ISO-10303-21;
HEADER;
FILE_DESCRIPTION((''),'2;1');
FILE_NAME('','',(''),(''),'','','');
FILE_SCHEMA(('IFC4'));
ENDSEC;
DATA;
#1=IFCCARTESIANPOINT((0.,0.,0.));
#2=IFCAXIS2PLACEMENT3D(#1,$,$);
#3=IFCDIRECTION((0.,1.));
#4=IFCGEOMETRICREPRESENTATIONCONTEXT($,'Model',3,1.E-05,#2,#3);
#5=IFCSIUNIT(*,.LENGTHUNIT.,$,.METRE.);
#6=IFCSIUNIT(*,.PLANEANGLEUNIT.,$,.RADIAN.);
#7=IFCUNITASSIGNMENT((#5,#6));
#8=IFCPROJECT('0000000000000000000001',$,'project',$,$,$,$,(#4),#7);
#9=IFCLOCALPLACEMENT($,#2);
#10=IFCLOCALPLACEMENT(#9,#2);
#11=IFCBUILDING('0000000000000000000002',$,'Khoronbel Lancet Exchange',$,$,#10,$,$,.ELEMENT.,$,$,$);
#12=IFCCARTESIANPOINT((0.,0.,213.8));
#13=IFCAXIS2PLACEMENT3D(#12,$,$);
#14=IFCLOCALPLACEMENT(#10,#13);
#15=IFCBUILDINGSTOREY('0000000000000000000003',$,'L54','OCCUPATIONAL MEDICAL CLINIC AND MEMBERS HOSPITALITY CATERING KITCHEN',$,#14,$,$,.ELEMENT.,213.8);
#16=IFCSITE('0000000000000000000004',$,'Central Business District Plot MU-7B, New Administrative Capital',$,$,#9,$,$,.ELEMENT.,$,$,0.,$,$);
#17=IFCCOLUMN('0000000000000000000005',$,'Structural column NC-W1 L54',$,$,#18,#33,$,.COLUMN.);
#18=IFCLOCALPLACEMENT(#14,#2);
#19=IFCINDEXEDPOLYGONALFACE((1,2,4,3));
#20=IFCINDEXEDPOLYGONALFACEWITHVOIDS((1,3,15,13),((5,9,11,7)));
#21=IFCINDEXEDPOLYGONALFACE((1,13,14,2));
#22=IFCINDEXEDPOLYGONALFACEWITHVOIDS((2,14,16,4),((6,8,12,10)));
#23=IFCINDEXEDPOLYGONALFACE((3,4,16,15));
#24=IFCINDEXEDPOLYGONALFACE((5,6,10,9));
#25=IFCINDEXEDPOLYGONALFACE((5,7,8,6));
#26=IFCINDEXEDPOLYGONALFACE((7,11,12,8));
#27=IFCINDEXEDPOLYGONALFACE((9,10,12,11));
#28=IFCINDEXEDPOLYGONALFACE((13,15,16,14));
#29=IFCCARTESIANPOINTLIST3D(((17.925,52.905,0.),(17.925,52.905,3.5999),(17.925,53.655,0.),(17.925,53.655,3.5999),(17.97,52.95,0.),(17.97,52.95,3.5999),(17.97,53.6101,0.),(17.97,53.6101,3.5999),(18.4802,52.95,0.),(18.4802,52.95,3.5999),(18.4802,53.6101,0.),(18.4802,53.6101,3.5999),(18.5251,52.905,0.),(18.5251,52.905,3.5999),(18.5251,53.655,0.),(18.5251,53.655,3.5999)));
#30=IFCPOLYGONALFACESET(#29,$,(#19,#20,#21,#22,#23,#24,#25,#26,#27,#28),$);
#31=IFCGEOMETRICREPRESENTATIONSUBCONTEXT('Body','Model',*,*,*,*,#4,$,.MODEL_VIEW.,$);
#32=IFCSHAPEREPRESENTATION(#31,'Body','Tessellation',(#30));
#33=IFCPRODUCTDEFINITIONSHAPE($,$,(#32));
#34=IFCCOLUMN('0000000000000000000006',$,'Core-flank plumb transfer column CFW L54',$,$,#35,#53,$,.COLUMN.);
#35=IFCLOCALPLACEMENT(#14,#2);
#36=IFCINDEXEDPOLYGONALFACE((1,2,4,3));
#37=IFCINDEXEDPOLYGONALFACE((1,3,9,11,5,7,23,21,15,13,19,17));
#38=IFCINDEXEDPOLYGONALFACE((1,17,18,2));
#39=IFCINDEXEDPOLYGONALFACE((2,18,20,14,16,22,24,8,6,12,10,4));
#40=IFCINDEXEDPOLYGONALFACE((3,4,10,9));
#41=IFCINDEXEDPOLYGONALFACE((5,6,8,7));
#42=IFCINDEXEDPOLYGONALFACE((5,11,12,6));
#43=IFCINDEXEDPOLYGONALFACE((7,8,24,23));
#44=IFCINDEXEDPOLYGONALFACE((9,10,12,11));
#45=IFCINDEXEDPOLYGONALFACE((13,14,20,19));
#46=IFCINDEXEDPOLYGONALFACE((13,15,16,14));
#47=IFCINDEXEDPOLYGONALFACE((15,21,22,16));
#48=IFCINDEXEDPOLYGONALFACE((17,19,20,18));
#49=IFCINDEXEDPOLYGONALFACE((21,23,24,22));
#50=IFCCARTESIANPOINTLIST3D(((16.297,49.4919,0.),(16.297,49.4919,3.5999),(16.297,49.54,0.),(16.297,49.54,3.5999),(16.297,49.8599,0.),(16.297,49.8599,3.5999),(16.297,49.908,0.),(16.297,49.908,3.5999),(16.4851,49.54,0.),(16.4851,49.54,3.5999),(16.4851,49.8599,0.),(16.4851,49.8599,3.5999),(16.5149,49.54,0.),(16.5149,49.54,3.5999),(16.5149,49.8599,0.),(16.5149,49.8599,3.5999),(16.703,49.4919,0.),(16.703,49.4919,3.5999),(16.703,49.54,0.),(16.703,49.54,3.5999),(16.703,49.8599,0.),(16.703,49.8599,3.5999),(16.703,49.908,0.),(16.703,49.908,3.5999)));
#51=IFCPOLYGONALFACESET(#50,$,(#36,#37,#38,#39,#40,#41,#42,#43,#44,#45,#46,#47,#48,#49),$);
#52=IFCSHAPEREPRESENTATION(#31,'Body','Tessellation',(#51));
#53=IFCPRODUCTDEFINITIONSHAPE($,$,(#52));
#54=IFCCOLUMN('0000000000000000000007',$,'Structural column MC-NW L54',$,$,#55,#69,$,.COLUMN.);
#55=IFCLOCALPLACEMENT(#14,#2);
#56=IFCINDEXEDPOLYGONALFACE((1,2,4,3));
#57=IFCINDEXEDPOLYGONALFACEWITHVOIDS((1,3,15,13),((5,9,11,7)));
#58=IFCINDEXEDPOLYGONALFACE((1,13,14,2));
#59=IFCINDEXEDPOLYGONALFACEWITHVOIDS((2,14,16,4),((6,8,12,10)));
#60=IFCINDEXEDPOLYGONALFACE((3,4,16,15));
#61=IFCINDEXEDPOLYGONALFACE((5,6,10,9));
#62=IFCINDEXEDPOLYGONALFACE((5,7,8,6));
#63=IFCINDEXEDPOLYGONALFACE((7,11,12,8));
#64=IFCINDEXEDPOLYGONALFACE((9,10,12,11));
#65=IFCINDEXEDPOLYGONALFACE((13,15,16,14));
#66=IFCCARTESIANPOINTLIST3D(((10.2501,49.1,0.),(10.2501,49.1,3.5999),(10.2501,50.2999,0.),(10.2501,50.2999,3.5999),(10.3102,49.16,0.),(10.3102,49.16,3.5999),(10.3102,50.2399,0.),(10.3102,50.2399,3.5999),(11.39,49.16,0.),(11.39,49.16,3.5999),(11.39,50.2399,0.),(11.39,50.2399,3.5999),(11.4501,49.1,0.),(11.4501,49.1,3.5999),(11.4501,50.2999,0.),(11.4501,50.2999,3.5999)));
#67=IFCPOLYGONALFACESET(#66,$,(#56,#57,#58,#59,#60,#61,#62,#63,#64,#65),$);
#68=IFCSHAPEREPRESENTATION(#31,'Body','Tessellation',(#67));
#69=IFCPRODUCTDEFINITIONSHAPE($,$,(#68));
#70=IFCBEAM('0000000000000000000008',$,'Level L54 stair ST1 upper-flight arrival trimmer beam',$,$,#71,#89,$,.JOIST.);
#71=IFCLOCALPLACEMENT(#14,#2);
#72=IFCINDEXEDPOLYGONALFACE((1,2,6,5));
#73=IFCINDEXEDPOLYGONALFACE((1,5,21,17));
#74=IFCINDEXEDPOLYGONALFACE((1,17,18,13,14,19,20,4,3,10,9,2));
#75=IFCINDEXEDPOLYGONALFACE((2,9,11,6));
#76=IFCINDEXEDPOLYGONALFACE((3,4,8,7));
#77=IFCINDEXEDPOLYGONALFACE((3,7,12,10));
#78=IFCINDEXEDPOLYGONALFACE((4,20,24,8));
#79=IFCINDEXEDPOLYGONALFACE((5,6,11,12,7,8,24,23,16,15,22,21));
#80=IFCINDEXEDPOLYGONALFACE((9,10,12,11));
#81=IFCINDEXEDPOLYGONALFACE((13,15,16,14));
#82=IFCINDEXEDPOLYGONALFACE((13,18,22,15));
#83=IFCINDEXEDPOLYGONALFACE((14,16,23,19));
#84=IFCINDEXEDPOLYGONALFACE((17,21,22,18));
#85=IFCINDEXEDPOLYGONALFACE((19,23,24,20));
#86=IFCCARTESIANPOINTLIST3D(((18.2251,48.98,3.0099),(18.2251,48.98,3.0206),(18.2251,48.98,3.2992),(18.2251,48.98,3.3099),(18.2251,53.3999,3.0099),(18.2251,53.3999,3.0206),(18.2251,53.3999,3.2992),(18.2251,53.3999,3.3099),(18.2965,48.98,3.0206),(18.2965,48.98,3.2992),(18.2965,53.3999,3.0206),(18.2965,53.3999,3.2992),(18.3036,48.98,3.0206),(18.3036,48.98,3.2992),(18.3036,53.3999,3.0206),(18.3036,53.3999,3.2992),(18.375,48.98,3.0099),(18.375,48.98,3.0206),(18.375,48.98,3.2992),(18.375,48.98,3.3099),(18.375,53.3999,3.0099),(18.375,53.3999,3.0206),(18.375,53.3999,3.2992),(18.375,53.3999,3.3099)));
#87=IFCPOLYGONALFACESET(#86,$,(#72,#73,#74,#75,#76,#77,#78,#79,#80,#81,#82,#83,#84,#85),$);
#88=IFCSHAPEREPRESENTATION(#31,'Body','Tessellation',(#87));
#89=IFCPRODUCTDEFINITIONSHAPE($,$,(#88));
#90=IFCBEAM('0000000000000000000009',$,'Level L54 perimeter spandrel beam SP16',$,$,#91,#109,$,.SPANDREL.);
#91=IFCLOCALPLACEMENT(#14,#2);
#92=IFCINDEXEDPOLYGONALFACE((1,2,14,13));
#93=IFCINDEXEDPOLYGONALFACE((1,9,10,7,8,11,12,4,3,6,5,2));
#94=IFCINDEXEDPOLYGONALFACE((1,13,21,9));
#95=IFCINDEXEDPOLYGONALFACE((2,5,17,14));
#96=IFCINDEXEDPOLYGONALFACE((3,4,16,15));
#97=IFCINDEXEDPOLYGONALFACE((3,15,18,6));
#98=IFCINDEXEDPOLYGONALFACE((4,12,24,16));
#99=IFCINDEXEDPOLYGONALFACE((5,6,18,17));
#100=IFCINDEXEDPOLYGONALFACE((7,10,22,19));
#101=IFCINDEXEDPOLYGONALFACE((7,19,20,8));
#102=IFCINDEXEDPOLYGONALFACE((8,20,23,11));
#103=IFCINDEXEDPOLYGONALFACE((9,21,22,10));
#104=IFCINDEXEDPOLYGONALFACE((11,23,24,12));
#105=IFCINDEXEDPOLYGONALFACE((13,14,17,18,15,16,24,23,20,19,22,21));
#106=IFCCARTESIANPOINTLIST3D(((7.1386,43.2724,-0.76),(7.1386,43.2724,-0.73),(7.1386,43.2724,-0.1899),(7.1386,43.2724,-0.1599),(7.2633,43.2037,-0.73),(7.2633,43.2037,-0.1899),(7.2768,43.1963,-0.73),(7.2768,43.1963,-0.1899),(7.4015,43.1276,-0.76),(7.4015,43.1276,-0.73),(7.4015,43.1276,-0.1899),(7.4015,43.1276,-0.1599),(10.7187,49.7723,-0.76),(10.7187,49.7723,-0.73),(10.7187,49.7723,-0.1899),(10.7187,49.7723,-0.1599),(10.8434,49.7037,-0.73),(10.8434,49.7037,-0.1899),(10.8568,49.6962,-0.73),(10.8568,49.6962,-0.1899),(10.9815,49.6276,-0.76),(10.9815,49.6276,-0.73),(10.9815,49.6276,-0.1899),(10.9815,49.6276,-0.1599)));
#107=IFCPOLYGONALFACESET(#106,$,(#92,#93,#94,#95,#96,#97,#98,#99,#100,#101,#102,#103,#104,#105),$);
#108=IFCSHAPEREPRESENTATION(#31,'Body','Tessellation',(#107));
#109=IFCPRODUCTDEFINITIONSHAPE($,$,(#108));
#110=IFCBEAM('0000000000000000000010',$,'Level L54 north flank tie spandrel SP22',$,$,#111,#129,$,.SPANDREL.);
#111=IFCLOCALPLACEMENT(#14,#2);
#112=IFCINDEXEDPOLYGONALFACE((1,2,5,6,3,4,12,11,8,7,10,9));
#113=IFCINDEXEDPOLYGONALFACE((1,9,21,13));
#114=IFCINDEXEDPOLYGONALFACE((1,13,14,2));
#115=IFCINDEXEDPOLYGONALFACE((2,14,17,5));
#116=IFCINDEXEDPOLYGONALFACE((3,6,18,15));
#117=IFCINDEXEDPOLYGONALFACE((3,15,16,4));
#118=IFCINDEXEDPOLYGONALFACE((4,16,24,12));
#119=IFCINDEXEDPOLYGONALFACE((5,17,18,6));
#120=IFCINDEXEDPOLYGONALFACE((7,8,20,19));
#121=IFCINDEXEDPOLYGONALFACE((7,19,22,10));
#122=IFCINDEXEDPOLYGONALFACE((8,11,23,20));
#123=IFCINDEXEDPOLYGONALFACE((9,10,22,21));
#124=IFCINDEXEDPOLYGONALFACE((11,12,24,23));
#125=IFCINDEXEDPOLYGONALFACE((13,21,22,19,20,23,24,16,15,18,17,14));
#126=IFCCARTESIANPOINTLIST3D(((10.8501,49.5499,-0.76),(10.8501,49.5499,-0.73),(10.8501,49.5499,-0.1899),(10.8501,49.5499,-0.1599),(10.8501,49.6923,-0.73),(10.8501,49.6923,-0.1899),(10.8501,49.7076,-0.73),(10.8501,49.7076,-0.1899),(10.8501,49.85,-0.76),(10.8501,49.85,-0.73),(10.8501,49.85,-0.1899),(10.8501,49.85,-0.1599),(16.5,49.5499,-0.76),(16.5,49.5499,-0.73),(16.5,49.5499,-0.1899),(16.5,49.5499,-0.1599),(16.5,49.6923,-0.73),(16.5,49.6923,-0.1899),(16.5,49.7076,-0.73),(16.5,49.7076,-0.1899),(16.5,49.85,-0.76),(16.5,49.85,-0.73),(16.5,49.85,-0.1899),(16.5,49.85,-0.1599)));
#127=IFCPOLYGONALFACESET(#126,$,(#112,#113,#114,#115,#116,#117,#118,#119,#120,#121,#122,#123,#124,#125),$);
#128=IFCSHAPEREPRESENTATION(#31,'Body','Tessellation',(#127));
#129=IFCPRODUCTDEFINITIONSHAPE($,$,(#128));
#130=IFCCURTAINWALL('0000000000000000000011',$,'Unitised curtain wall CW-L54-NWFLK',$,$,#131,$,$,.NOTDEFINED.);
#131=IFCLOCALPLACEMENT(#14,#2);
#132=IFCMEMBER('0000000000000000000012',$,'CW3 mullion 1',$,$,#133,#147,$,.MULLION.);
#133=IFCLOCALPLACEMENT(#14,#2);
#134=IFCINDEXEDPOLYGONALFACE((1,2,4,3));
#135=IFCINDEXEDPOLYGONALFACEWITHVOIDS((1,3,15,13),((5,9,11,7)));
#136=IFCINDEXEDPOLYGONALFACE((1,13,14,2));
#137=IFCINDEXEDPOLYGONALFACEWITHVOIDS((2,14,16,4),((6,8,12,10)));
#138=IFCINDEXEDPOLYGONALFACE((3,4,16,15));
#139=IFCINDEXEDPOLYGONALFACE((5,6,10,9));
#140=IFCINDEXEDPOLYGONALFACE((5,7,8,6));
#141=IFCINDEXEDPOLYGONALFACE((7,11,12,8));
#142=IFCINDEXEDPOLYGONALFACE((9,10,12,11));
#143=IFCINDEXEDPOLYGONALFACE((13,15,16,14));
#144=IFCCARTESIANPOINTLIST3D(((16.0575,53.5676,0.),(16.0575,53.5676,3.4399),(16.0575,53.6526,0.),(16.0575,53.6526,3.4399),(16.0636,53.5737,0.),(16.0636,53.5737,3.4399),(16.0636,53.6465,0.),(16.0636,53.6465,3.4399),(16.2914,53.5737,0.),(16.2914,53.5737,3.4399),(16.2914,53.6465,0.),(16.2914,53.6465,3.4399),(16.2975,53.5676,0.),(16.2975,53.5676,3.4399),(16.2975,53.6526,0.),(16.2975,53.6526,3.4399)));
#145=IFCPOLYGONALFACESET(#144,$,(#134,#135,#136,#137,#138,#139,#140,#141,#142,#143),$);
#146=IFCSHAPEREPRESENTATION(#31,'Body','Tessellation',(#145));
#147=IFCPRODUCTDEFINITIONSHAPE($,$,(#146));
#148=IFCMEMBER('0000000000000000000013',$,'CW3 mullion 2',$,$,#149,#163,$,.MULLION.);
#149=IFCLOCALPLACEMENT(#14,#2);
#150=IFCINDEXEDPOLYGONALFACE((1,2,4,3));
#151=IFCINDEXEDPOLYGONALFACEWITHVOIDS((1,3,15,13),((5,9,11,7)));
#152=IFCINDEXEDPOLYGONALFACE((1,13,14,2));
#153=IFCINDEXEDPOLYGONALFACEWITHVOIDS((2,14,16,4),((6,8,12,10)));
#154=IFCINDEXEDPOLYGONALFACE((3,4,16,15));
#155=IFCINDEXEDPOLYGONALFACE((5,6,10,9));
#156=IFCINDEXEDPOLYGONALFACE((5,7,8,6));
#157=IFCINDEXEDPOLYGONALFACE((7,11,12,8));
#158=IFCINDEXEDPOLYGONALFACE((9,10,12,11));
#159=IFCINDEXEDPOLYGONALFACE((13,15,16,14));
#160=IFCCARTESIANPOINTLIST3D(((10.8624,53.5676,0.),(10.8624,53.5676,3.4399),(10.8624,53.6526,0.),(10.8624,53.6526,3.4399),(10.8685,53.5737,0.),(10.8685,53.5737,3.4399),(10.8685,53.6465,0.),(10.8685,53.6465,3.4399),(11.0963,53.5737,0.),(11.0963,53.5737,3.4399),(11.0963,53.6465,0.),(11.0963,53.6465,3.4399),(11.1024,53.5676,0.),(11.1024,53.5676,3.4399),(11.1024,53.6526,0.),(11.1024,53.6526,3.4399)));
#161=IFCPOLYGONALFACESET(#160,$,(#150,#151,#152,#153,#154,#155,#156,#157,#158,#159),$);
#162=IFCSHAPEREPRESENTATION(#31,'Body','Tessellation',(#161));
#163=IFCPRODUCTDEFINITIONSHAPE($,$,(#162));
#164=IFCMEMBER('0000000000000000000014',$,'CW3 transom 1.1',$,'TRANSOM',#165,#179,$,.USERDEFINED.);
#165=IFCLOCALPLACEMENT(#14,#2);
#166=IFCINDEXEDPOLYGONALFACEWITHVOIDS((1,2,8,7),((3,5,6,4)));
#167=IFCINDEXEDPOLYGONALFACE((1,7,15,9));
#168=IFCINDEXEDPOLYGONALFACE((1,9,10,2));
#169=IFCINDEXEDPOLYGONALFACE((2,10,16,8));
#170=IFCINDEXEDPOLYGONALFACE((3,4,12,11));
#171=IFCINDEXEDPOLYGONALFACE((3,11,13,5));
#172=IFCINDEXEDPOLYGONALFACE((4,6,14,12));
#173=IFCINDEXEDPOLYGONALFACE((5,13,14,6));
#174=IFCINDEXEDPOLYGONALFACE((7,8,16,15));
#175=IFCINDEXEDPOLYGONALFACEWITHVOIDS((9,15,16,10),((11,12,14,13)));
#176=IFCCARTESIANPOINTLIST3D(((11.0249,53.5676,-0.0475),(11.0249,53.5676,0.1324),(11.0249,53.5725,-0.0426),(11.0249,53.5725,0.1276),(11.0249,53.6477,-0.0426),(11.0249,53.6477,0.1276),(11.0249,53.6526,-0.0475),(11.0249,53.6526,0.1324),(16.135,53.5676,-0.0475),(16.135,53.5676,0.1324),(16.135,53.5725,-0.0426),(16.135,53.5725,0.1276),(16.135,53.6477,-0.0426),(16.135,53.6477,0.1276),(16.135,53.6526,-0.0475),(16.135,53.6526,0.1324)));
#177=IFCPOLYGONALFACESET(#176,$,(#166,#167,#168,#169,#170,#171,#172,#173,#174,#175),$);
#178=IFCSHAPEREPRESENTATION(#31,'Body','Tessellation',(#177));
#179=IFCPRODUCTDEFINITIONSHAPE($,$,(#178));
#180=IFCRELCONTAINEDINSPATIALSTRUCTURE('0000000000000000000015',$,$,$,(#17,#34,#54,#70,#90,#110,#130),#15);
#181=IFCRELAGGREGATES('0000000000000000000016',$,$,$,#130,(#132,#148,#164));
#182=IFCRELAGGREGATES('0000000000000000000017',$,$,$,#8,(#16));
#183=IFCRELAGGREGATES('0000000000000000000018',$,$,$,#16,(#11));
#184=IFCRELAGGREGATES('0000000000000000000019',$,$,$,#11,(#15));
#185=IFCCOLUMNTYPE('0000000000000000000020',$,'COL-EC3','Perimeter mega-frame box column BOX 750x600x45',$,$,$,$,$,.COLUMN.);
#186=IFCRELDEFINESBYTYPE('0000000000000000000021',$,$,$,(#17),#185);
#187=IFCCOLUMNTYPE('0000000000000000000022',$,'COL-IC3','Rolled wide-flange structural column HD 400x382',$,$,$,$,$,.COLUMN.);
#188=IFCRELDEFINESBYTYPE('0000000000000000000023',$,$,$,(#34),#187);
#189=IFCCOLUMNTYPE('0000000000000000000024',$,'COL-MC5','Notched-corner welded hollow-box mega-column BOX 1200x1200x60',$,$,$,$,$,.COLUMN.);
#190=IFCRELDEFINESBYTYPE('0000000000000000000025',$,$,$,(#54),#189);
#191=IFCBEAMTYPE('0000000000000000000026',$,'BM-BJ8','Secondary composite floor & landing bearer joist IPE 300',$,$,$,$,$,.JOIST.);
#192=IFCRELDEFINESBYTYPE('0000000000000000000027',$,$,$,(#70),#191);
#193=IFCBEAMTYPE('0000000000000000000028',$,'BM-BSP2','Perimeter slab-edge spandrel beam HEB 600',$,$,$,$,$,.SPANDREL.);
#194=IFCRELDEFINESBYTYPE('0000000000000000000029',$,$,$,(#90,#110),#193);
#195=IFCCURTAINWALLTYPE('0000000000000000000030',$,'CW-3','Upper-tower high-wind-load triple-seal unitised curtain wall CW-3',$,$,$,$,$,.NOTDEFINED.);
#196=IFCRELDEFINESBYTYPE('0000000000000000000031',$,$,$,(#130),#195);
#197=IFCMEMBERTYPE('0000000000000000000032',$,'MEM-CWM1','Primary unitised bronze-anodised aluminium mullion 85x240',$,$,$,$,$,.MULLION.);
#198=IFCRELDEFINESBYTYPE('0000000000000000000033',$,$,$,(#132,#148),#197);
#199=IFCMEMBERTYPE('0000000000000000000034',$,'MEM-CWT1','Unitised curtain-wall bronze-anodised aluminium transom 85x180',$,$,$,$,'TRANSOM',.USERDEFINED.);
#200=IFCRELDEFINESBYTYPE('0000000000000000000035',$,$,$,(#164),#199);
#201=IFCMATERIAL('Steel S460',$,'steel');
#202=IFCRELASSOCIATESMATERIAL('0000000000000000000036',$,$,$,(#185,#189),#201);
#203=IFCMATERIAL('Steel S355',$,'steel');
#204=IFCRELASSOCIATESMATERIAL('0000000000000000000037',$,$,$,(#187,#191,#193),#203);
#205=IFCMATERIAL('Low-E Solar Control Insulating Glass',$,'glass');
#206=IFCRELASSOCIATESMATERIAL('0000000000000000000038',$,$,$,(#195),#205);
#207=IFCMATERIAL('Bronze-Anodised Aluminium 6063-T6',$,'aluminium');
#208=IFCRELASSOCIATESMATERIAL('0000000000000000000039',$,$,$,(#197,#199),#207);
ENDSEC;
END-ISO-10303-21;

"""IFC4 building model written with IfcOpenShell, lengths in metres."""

from ifc_helpers import new_model, si_unit, direction, frame, origin, origin_2d, place, context, subcontext, project, spatial, hollow_rectangle, i_section, extrude, material, material_profile, profile_set, type_object, element, aggregate, save


model = new_model("IFC4")

# Units and contexts
model_context = context("Model", 3, precision=1e-05, world=origin(), true_north=direction((0.0, 1.0)))
body_context = subcontext(model_context, "Body", "Model", "MODEL_VIEW")
ifc_project = project(units=[si_unit("LENGTHUNIT", "METRE"), si_unit("PLANEANGLEUNIT", "RADIAN")], contexts=[model_context])

# Site, building, storey
site_placement = place(None, origin())
site = spatial("IfcSite", under=ifc_project, at=site_placement, Name="Central Business District Plot MU-7B, New Administrative Capital", CompositionType="ELEMENT", RefElevation=0.0)
building_placement = place(site_placement, origin())
building = spatial("IfcBuilding", under=site, at=building_placement, Name="Khoronbel Lancet Exchange", CompositionType="ELEMENT")
storey_placement = place(building_placement, frame((0.0, 0.0, 213.8)))
storey = spatial("IfcBuildingStorey", under=building, at=storey_placement, Name="L54", Description="OCCUPATIONAL MEDICAL CLINIC AND MEMBERS HOSPITALITY CATERING KITCHEN", CompositionType="ELEMENT", Elevation=213.8)

# Columns
ifc_material_1 = material(Name="Steel S460", Category="steel")
ifc_material_profile_1 = material_profile(ifc_material_1, hollow_rectangle(XDim=0.6001, YDim=0.75, WallThickness=0.0449, at=origin_2d()), Name="BOX 750x600x45")
ifc_profile_set_1 = profile_set([ifc_material_profile_1], Name="Steel S460")
column_type_1 = type_object("IfcColumnType", Name="COL-EC3", Description="Perimeter mega-frame box column BOX 750x600x45", PredefinedType="COLUMN", material=ifc_profile_set_1)
column_1_placement = place(storey_placement, frame((18.2251, 53.28, 0.0), z_axis=(0.0, 0.0, 1.0), x_axis=(1.0, 0.0, 0.0)))
element("IfcColumn", 1, at=column_1_placement, inside=storey, type_object=column_type_1, Name="Structural column NC-W1 L54", PredefinedType="COLUMN", context=body_context, shape_type="SweptSolid", body=[
    extrude(hollow_rectangle(XDim=0.6001, YDim=0.75, WallThickness=0.0449, at=origin_2d()), origin(), (0.0, 0.0, 1.0), 3.5999),
])
ifc_material_2 = material(Name="Steel S355", Category="steel")
ifc_material_profile_2 = material_profile(ifc_material_2, i_section(OverallWidth=0.406, OverallDepth=0.416, WebThickness=0.0298, FlangeThickness=0.0481, at=origin_2d()), Name="HD 400x382")
ifc_profile_set_2 = profile_set([ifc_material_profile_2], Name="Steel S355")
column_type_2 = type_object("IfcColumnType", Name="COL-IC3", Description="Rolled wide-flange structural column HD 400x382", PredefinedType="COLUMN", material=ifc_profile_set_2)
column_2_placement = place(storey_placement, frame((16.5, 49.7, 0.0), z_axis=(0.0, 0.0, 1.0), x_axis=(1.0, 0.0, 0.0)))
element("IfcColumn", 2, at=column_2_placement, inside=storey, type_object=column_type_2, Name="Core-flank plumb transfer column CFW L54", PredefinedType="COLUMN", context=body_context, shape_type="SweptSolid", body=[
    extrude(i_section(OverallWidth=0.406, OverallDepth=0.416, WebThickness=0.0298, FlangeThickness=0.0481, at=origin_2d()), origin(), (0.0, 0.0, 1.0), 3.5999),
])
ifc_material_profile_3 = material_profile(ifc_material_1, hollow_rectangle(XDim=1.2, YDim=1.2, WallThickness=0.0601, at=origin_2d()), Name="BOX 1200x1200x60")
ifc_profile_set_3 = profile_set([ifc_material_profile_3], Name="Steel S460")
column_type_3 = type_object("IfcColumnType", Name="COL-MC5", Description="Notched-corner welded hollow-box mega-column BOX 1200x1200x60", PredefinedType="COLUMN", material=ifc_profile_set_3)
column_3_placement = place(storey_placement, frame((10.8501, 49.7, 0.0), z_axis=(0.0, 0.0, 1.0), x_axis=(1.0, 0.0, 0.0)))
element("IfcColumn", 3, at=column_3_placement, inside=storey, type_object=column_type_3, Name="Structural column MC-NW L54", PredefinedType="COLUMN", context=body_context, shape_type="SweptSolid", body=[
    extrude(hollow_rectangle(XDim=1.2, YDim=1.2, WallThickness=0.0601, at=origin_2d()), origin(), (0.0, 0.0, 1.0), 3.5999),
])

# Beams
ifc_material_profile_4 = material_profile(ifc_material_2, i_section(OverallWidth=0.1499, OverallDepth=0.3, WebThickness=0.0071, FlangeThickness=0.0107, at=origin_2d()), Name="IPE 300")
ifc_profile_set_4 = profile_set([ifc_material_profile_4], Name="Steel S355")
beam_type_1 = type_object("IfcBeamType", Name="BM-BJ8", Description="Secondary composite floor & landing bearer joist IPE 300", PredefinedType="JOIST", material=ifc_profile_set_4)
beam_1_placement = place(storey_placement, frame((18.3, 48.98, 3.1599), z_axis=(0.0, 1.0, 0.0), x_axis=(-1.0, 0.0, 0.0)))
element("IfcBeam", 4, at=beam_1_placement, inside=storey, type_object=beam_type_1, Name="Level L54 stair ST1 upper-flight arrival trimmer beam", PredefinedType="JOIST", context=body_context, shape_type="SweptSolid", body=[
    extrude(i_section(OverallWidth=0.1499, OverallDepth=0.3, WebThickness=0.0071, FlangeThickness=0.0107, at=origin_2d()), origin(), (0.0, 0.0, 1.0), 4.4199),
])
ifc_material_profile_5 = material_profile(ifc_material_2, i_section(OverallWidth=0.3, OverallDepth=0.6001, WebThickness=0.0154, FlangeThickness=0.03, at=origin_2d()), Name="HEB 600")
ifc_profile_set_5 = profile_set([ifc_material_profile_5], Name="Steel S355")
beam_type_2 = type_object("IfcBeamType", Name="BM-BSP2", Description="Perimeter slab-edge spandrel beam HEB 600", PredefinedType="SPANDREL", material=ifc_profile_set_5)
beam_2_placement = place(storey_placement, frame((10.8501, 49.7, -0.46), z_axis=(-0.482444, -0.875927, 0.0), x_axis=(0.875927, -0.482444, 0.0)))
element("IfcBeam", 5, at=beam_2_placement, inside=storey, type_object=beam_type_2, Name="Level L54 perimeter spandrel beam SP16", PredefinedType="SPANDREL", context=body_context, shape_type="SweptSolid", body=[
    extrude(i_section(OverallWidth=0.3, OverallDepth=0.6001, WebThickness=0.0154, FlangeThickness=0.03, at=origin_2d()), origin(), (0.0, 0.0, 1.0), 7.4207),
])
beam_3_placement = place(storey_placement, frame((10.8501, 49.7, -0.46), z_axis=(1.0, 0.0, 0.0), x_axis=(0.0, 1.0, 0.0)))
element("IfcBeam", 6, at=beam_3_placement, inside=storey, type_object=beam_type_2, Name="Level L54 north flank tie spandrel SP22", PredefinedType="SPANDREL", context=body_context, shape_type="SweptSolid", body=[
    extrude(i_section(OverallWidth=0.3, OverallDepth=0.6001, WebThickness=0.0154, FlangeThickness=0.03, at=origin_2d()), origin(), (0.0, 0.0, 1.0), 5.6499),
])

# Curtain wall, members
ifc_material_3 = material(Name="Low-E Solar Control Insulating Glass", Category="glass")
curtain_wall_type = type_object("IfcCurtainWallType", Name="CW-3", Description="Upper-tower high-wind-load triple-seal unitised curtain wall CW-3", PredefinedType="NOTDEFINED", material=ifc_material_3)
curtain_wall_placement = place(storey_placement, origin())
curtain_wall = element("IfcCurtainWall", 7, at=curtain_wall_placement, inside=storey, type_object=curtain_wall_type, Name="Unitised curtain wall CW-L54-NWFLK", PredefinedType="NOTDEFINED")
ifc_material_4 = material(Name="Bronze-Anodised Aluminium 6063-T6", Category="aluminium")
ifc_material_profile_6 = material_profile(ifc_material_4, hollow_rectangle(XDim=0.085, YDim=0.24, WallThickness=0.0061, at=origin_2d()), Name="ALU MULLION 85x240")
ifc_profile_set_6 = profile_set([ifc_material_profile_6], Name="Bronze-Anodised Aluminium 6063-T6")
member_type_1 = type_object("IfcMemberType", Name="MEM-CWM1", Description="Primary unitised bronze-anodised aluminium mullion 85x240", PredefinedType="MULLION", material=ifc_profile_set_6)
member_1_placement = place(storey_placement, frame((16.1775, 53.6101, 0.0), z_axis=(0.0, 0.0, 1.0), x_axis=(0.0, -1.0, 0.0)))
member_1 = element("IfcMember", 8, at=member_1_placement, type_object=member_type_1, Name="CW3 mullion 1", PredefinedType="MULLION", context=body_context, shape_type="SweptSolid", body=[
    extrude(hollow_rectangle(XDim=0.085, YDim=0.24, WallThickness=0.0061, at=origin_2d()), origin(), (0.0, 0.0, 1.0), 3.4399),
])
member_2_placement = place(storey_placement, frame((10.9824, 53.6101, 0.0), z_axis=(0.0, 0.0, 1.0), x_axis=(0.0, -1.0, 0.0)))
member_2 = element("IfcMember", 9, at=member_2_placement, type_object=member_type_1, Name="CW3 mullion 2", PredefinedType="MULLION", context=body_context, shape_type="SweptSolid", body=[
    extrude(hollow_rectangle(XDim=0.085, YDim=0.24, WallThickness=0.0061, at=origin_2d()), origin(), (0.0, 0.0, 1.0), 3.4399),
])
ifc_material_profile_7 = material_profile(ifc_material_4, hollow_rectangle(XDim=0.085, YDim=0.1799, WallThickness=0.0049, at=origin_2d()), Name="ALU TRANSOM 85x180")
ifc_profile_set_7 = profile_set([ifc_material_profile_7], Name="Bronze-Anodised Aluminium 6063-T6")
member_type_2 = type_object("IfcMemberType", Name="MEM-CWT1", Description="Unitised curtain-wall bronze-anodised aluminium transom 85x180", ElementType="TRANSOM", PredefinedType="USERDEFINED", material=ifc_profile_set_7)
member_3_placement = place(storey_placement, frame((16.135, 53.6101, 0.0425), z_axis=(-1.0, 0.0, 0.0), x_axis=(0.0, -1.0, 0.0)))
member_3 = element("IfcMember", 10, at=member_3_placement, type_object=member_type_2, Name="CW3 transom 1.1", ObjectType="TRANSOM", PredefinedType="USERDEFINED", context=body_context, shape_type="SweptSolid", body=[
    extrude(hollow_rectangle(XDim=0.085, YDim=0.1799, WallThickness=0.0049, at=origin_2d()), origin(), (0.0, 0.0, 1.0), 5.1101),
])
aggregate(curtain_wall, [member_1, member_2, member_3])

save(model, "model.ifc")
